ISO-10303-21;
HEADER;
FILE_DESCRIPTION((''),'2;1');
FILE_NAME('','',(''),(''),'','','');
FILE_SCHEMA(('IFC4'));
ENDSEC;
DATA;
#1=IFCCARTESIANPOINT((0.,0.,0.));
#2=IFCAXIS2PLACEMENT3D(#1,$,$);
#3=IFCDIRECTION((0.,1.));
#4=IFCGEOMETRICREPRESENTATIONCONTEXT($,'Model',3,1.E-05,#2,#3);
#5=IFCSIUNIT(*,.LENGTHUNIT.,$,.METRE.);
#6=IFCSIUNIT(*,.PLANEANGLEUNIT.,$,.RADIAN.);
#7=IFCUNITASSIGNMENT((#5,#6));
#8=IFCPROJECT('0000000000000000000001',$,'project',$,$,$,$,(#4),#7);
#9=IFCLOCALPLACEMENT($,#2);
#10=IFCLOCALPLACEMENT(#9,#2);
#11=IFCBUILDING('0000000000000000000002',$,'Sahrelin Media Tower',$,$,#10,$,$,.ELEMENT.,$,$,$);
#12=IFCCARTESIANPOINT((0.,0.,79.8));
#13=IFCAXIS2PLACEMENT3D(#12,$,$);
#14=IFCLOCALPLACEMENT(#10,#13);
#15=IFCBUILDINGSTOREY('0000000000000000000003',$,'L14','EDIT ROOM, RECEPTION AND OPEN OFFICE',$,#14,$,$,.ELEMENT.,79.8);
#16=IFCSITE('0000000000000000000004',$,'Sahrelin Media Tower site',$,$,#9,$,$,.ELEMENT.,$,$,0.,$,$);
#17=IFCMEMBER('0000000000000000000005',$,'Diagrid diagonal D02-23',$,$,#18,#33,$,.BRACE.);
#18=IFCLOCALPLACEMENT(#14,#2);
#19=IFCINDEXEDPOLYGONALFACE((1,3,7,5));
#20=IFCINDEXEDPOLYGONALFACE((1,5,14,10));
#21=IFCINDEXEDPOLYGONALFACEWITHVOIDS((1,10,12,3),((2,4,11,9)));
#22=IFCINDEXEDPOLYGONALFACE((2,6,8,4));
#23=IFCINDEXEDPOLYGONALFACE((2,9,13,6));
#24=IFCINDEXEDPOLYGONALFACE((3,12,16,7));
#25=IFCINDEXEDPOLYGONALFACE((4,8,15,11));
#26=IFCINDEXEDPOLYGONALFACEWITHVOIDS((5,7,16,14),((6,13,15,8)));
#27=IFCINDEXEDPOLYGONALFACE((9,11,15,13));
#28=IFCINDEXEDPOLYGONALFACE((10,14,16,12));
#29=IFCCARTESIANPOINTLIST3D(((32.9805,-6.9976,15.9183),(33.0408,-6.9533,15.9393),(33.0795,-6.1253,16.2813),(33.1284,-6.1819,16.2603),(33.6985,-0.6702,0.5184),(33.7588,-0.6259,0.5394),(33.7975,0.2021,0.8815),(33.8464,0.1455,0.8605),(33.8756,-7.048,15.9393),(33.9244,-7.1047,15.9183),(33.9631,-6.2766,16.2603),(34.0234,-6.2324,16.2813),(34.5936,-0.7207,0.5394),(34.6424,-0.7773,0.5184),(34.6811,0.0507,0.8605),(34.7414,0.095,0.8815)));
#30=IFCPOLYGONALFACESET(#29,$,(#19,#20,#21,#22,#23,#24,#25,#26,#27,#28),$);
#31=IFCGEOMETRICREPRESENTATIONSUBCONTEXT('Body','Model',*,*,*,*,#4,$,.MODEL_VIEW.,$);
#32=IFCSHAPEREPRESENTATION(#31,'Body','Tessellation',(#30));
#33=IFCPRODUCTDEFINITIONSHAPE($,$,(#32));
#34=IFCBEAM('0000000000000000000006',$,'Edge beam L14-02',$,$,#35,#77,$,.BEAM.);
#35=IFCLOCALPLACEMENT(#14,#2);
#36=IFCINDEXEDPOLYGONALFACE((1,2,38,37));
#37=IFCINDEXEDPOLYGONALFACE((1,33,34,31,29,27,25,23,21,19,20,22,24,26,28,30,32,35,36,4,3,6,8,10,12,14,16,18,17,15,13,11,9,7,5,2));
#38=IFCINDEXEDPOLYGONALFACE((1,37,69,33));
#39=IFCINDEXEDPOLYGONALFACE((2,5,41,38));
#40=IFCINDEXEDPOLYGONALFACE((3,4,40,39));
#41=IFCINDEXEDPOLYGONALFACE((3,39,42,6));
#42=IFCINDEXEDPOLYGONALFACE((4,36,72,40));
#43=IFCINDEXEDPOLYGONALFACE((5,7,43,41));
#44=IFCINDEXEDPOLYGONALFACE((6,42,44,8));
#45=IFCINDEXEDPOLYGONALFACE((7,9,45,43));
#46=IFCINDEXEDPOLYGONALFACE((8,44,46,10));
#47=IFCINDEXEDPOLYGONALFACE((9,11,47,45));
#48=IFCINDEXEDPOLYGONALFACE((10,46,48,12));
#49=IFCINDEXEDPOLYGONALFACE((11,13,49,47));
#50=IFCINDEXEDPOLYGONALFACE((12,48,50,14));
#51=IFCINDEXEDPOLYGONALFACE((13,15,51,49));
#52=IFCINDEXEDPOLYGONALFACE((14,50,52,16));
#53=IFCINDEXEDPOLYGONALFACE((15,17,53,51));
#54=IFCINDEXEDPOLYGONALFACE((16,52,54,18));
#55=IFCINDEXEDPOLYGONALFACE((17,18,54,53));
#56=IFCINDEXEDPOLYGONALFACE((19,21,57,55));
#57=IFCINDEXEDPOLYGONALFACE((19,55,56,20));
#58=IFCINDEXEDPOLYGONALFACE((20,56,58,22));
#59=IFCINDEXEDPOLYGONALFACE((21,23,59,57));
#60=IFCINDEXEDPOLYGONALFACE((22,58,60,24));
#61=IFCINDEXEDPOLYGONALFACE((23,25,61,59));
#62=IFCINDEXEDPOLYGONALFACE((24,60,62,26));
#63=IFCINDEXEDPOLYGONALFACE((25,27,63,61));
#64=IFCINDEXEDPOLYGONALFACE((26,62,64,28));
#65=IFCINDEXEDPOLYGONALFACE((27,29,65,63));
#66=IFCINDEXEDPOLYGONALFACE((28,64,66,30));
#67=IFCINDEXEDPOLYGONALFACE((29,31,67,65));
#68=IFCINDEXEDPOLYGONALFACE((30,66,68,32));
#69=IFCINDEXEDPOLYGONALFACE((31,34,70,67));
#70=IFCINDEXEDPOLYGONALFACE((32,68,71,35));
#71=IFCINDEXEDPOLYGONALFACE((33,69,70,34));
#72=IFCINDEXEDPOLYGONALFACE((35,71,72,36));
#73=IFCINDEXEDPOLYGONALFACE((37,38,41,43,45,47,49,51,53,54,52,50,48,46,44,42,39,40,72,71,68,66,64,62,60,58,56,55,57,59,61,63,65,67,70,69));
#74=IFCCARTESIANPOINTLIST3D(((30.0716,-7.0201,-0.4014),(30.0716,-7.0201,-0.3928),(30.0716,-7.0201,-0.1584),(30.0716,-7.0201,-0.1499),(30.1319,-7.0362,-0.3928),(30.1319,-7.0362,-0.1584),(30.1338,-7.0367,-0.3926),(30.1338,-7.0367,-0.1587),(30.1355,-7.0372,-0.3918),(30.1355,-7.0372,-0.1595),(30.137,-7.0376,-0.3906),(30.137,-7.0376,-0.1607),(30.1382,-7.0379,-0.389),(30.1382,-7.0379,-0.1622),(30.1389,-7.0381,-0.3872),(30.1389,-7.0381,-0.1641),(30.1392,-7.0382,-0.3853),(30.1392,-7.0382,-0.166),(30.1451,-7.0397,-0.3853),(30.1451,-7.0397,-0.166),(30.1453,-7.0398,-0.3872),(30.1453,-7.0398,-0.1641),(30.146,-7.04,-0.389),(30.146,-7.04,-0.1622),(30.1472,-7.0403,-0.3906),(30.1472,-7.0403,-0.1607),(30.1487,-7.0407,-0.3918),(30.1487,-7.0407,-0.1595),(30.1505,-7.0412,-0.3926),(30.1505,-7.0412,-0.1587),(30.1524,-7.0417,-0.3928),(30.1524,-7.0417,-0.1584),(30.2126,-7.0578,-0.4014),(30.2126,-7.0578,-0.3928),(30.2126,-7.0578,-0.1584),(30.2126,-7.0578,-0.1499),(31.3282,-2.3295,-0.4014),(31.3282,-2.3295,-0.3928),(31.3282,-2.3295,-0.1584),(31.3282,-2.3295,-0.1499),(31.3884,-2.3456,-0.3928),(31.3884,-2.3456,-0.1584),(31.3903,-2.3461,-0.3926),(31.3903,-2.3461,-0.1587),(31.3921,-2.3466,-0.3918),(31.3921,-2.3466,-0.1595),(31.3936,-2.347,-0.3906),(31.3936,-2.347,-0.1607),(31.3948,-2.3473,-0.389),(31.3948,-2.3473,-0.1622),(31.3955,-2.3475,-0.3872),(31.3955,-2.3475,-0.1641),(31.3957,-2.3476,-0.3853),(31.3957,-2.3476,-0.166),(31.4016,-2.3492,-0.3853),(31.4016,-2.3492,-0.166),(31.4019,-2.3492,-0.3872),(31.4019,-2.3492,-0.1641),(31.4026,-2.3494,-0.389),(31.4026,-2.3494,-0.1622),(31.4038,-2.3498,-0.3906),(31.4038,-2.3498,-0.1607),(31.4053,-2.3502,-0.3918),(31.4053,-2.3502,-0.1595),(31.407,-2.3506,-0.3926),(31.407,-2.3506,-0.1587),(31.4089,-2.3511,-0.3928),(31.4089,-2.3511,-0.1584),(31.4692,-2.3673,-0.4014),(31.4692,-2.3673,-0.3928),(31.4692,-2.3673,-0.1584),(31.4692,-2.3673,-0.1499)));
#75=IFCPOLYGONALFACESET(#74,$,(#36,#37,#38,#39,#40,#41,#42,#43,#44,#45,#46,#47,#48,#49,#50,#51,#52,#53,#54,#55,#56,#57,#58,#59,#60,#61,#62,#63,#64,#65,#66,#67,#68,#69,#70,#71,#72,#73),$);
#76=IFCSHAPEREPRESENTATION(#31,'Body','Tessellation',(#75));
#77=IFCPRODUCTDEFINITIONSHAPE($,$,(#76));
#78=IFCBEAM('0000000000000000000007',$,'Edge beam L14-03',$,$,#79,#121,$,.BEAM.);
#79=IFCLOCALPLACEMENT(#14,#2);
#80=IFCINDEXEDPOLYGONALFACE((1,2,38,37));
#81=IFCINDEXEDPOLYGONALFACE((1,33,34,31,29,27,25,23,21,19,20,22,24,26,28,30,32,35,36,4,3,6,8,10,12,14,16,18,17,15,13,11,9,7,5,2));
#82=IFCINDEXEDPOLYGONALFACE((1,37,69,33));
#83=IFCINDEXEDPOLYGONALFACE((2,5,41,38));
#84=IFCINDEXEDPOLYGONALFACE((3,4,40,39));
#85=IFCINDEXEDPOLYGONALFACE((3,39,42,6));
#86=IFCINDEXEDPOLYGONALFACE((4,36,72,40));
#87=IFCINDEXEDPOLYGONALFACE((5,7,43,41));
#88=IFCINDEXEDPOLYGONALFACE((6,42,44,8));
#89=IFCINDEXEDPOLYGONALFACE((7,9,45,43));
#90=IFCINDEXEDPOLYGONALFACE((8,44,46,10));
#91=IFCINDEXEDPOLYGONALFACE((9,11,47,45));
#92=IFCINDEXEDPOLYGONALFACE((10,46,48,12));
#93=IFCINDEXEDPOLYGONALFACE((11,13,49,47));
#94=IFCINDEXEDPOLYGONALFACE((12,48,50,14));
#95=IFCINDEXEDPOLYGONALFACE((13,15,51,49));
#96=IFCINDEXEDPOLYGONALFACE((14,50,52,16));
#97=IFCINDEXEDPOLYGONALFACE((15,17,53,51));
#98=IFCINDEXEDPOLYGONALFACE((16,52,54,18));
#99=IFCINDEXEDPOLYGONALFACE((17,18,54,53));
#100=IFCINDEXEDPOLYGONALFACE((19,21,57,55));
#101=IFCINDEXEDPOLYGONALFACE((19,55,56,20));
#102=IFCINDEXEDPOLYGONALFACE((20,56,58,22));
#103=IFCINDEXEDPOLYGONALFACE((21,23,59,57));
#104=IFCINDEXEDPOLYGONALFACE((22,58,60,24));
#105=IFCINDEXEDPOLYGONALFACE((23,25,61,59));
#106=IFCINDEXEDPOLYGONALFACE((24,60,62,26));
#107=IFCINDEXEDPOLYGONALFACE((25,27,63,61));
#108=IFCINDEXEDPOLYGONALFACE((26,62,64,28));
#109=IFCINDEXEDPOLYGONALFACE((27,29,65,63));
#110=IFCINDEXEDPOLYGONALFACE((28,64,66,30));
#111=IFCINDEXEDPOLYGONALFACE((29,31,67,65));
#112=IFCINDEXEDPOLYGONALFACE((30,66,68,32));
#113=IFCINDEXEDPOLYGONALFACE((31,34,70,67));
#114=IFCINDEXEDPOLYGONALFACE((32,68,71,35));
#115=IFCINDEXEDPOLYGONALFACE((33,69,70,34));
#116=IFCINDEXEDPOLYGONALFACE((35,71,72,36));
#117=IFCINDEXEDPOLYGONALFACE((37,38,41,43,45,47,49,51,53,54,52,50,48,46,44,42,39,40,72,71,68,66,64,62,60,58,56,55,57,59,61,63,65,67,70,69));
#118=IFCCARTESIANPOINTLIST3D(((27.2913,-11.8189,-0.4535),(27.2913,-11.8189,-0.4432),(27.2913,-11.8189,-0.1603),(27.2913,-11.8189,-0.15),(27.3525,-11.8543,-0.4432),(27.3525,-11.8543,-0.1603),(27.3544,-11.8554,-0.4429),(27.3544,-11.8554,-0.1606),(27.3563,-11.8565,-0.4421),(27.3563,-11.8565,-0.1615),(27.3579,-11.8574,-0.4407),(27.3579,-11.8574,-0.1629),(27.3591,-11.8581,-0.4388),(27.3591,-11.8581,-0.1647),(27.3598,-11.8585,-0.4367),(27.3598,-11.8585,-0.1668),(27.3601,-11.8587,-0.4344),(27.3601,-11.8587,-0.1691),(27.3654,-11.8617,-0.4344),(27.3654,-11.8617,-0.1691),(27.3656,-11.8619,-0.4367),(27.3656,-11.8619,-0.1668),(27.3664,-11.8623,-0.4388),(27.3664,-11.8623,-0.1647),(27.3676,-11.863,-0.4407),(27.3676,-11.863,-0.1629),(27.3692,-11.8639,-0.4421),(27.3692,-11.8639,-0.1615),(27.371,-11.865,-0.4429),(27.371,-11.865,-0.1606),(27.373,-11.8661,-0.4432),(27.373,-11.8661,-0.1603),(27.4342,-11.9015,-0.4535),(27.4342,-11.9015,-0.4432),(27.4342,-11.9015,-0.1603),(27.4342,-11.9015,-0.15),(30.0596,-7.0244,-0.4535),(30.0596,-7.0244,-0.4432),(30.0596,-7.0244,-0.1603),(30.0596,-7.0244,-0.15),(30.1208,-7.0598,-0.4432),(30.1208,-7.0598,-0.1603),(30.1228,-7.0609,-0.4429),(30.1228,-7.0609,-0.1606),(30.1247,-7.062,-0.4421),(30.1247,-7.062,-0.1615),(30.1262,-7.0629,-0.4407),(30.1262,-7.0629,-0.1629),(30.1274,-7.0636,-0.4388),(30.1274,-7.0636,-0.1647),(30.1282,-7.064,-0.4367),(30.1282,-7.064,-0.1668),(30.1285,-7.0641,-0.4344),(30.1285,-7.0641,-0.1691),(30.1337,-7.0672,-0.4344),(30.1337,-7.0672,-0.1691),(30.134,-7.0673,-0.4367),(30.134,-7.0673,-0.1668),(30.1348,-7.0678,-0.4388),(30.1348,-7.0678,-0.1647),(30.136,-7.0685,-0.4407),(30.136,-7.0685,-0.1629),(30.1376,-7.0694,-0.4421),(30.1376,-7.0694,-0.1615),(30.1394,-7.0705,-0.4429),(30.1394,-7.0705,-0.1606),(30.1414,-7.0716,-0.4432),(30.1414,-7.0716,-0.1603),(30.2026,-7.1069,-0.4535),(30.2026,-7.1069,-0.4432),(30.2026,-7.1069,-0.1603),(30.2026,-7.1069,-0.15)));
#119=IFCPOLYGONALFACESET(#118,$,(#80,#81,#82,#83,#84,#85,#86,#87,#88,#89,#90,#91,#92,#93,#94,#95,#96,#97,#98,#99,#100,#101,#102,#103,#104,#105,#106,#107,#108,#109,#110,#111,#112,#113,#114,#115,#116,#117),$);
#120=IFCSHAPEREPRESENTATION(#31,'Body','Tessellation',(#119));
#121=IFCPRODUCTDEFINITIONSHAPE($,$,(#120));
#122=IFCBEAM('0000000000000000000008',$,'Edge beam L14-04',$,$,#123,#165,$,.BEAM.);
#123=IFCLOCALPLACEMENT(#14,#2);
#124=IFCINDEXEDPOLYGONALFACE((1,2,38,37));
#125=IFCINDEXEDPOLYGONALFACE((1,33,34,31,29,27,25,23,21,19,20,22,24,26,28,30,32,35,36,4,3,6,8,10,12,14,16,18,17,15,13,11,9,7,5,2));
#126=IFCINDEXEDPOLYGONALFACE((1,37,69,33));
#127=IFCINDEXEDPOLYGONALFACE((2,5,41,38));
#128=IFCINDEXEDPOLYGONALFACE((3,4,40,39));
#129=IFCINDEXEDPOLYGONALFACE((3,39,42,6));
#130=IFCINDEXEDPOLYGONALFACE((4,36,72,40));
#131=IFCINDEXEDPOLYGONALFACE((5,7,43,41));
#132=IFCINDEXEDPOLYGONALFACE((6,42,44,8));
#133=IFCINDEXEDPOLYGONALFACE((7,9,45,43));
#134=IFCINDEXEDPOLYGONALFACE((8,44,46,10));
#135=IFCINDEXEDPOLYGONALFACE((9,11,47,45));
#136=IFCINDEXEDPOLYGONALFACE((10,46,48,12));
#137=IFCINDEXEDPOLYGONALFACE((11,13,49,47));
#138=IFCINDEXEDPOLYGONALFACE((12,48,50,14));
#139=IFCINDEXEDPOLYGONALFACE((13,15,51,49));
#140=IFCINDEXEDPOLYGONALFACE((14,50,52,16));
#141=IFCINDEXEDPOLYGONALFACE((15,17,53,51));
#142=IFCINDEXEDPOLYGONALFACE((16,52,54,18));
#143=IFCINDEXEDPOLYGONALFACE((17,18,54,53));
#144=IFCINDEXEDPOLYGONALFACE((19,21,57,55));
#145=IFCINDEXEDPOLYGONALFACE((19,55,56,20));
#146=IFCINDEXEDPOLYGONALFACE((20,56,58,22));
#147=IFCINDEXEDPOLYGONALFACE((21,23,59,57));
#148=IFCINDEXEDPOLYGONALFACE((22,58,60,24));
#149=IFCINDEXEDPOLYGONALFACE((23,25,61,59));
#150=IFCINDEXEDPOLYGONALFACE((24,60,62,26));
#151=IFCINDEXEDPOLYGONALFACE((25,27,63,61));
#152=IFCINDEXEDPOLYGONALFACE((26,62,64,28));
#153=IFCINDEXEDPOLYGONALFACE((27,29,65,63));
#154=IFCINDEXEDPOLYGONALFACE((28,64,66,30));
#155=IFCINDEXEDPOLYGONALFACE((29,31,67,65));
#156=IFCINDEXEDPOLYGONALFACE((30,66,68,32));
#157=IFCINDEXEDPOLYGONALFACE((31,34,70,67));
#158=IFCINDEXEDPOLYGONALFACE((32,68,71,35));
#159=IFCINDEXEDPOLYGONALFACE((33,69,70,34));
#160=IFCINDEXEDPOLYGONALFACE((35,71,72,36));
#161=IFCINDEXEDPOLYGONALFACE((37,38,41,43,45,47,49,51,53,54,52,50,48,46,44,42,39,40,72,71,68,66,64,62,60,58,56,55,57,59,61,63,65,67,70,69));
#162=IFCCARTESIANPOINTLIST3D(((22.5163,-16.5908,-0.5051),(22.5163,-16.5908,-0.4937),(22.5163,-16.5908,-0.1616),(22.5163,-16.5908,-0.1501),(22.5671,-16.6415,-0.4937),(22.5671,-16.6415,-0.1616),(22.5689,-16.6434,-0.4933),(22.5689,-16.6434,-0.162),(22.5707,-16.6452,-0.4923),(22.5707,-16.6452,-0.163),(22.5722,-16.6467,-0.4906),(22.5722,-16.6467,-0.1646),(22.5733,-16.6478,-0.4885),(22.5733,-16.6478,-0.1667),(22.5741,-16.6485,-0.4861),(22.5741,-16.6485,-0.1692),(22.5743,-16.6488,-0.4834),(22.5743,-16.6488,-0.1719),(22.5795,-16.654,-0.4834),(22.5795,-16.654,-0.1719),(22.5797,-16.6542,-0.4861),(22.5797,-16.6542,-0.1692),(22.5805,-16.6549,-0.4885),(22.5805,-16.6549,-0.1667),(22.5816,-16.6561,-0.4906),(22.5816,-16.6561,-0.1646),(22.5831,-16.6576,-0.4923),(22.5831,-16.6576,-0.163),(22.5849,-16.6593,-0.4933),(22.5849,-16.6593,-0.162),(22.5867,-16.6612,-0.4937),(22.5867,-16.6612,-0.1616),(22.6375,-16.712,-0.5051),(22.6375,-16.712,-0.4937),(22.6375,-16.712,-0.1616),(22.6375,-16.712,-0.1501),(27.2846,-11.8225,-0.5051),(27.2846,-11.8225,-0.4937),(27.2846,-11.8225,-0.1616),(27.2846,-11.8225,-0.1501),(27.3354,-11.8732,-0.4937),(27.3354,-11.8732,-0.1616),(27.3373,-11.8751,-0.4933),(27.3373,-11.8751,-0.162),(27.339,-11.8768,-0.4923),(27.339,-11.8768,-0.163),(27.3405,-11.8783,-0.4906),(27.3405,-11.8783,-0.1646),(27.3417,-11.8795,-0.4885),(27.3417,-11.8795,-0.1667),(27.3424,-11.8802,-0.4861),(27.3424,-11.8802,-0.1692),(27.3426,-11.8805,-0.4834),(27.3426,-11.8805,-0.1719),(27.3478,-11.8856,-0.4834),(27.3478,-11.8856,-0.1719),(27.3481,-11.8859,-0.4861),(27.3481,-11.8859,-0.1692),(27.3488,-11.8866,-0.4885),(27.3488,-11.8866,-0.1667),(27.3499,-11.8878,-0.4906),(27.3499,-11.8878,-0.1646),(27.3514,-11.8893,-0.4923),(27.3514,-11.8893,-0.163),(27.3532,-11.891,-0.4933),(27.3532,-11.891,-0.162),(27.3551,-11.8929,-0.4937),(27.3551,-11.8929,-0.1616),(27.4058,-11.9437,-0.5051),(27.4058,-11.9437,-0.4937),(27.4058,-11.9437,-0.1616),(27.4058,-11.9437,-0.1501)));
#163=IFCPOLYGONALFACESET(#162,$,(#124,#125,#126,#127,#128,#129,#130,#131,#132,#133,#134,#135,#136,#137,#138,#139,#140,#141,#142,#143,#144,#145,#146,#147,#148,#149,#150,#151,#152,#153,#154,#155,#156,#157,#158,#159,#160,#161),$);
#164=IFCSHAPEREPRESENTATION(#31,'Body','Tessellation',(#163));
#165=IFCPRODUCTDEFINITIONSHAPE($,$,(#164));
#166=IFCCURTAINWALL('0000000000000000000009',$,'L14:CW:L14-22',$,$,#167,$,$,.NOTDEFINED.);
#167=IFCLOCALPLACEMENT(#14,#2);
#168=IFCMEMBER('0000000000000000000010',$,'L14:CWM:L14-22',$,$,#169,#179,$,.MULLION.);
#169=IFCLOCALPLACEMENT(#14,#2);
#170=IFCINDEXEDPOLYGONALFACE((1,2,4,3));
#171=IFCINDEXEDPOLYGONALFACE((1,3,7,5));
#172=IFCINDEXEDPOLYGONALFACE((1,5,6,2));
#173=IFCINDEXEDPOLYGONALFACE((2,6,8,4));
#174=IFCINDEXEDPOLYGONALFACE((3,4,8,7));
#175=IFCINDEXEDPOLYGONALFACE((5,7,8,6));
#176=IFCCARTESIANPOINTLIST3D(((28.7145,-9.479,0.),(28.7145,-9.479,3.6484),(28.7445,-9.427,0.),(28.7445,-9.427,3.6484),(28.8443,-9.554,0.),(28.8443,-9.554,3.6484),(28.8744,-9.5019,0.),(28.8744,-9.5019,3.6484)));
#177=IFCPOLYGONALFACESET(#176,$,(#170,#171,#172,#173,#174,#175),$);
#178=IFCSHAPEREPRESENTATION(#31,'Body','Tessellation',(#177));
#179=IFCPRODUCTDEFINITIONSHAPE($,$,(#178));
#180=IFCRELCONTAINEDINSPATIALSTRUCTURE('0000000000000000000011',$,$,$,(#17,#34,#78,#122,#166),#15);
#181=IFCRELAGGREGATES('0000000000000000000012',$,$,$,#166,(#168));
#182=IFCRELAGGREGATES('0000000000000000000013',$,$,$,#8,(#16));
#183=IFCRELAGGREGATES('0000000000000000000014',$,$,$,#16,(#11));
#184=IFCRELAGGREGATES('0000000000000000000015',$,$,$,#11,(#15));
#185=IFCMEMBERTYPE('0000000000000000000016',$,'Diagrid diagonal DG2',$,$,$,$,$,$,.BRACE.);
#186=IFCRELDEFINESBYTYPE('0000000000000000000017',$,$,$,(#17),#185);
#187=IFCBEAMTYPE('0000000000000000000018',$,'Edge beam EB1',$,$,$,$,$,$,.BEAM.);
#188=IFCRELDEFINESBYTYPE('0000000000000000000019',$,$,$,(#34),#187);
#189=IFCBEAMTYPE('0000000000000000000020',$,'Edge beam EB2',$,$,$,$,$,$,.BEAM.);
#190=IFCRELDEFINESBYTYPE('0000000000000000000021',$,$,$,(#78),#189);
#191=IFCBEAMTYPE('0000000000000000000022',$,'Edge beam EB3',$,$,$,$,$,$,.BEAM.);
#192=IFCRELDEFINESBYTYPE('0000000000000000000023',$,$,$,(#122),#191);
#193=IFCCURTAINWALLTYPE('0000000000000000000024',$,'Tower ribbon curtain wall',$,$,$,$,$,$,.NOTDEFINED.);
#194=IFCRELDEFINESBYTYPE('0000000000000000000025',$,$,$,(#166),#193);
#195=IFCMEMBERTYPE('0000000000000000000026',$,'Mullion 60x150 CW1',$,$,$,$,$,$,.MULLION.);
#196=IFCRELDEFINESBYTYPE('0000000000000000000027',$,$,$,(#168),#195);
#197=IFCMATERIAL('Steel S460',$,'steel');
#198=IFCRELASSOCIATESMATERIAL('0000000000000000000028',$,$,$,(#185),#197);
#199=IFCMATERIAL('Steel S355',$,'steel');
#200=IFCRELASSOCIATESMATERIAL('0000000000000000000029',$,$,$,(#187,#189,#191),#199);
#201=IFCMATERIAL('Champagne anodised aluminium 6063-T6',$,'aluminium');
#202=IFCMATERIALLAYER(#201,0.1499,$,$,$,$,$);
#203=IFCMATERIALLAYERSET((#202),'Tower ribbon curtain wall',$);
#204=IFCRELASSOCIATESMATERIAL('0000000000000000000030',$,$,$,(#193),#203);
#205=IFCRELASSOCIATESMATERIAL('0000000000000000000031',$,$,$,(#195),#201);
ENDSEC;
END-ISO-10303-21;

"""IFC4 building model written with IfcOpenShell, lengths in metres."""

from ifc_helpers import new_model, si_unit, direction, frame, origin, origin_2d, place, context, subcontext, project, spatial, rectangle, hollow_rectangle, i_section, extrude, material, layer, layer_set, material_profile, profile_set, type_object, element, aggregate, save


model = new_model("IFC4")

# Units and contexts
model_context = context("Model", 3, precision=1e-05, world=origin(), true_north=direction((0.0, 1.0)))
body_context = subcontext(model_context, "Body", "Model", "MODEL_VIEW")
ifc_project = project(units=[si_unit("LENGTHUNIT", "METRE"), si_unit("PLANEANGLEUNIT", "RADIAN")], contexts=[model_context])

# Site, building, storey
site_placement = place(None, origin())
site = spatial("IfcSite", under=ifc_project, at=site_placement, Name="Sahrelin Media Tower site", CompositionType="ELEMENT", RefElevation=0.0)
building_placement = place(site_placement, origin())
building = spatial("IfcBuilding", under=site, at=building_placement, Name="Sahrelin Media Tower", CompositionType="ELEMENT")
storey_placement = place(building_placement, frame((0.0, 0.0, 79.8)))
storey = spatial("IfcBuildingStorey", under=building, at=storey_placement, Name="L14", Description="EDIT ROOM, RECEPTION AND OPEN OFFICE", CompositionType="ELEMENT", Elevation=79.8)

# Member
ifc_material_1 = material(Name="Steel S460", Category="steel")
ifc_material_profile_1 = material_profile(ifc_material_1, hollow_rectangle(XDim=0.95, YDim=0.95, WallThickness=0.0549, at=origin_2d()), Name="Diagrid diagonal DG2")
ifc_profile_set_1 = profile_set([ifc_material_profile_1], Name="Steel S460")
member_type_1 = type_object("IfcMemberType", Name="Diagrid diagonal DG2", PredefinedType="BRACE", material=ifc_profile_set_1)
member_1_placement = place(storey_placement, frame((34.22, -0.2876, 0.7), z_axis=(-0.043086, -0.379691, 0.924109), x_axis=(0.993623, -0.112754, 0.0)))
element("IfcMember", 1, at=member_1_placement, inside=storey, type_object=member_type_1, Name="Diagrid diagonal D02-23", PredefinedType="BRACE", context=body_context, shape_type="SweptSolid", body=[
    extrude(hollow_rectangle(XDim=0.95, YDim=0.95, WallThickness=0.0549, at=origin_2d()), origin(), (0.0, 0.0, 1.0), 16.6646),
])

# Beams
ifc_material_2 = material(Name="Steel S355", Category="steel")
ifc_material_profile_2 = material_profile(ifc_material_2, i_section(OverallWidth=0.146, OverallDepth=0.2515, WebThickness=0.0061, FlangeThickness=0.0085, FilletRadius=0.0076, at=origin_2d()), Name="UB 254x146x31")
ifc_profile_set_2 = profile_set([ifc_material_profile_2], Name="Steel S355")
beam_type_1 = type_object("IfcBeamType", Name="Edge beam EB1", PredefinedType="BEAM", material=ifc_profile_set_2)
beam_1_placement = place(storey_placement, frame((31.3987, -2.3484, -0.2756), z_axis=(-0.258767, -0.96594, 0.0), x_axis=(0.96594, -0.258767, 0.0)))
element("IfcBeam", 2, at=beam_1_placement, inside=storey, type_object=beam_type_1, Name="Edge beam L14-02", PredefinedType="BEAM", context=body_context, shape_type="SweptSolid", body=[
    extrude(i_section(OverallWidth=0.146, OverallDepth=0.2515, WebThickness=0.0061, FlangeThickness=0.0085, FilletRadius=0.0076, at=origin_2d()), origin(), (0.0, 0.0, 1.0), 4.856),
])
ifc_material_profile_3 = material_profile(ifc_material_2, i_section(OverallWidth=0.165, OverallDepth=0.3035, WebThickness=0.0061, FlangeThickness=0.0103, FilletRadius=0.0088, at=origin_2d()), Name="UB 305x165x40")
ifc_profile_set_3 = profile_set([ifc_material_profile_3], Name="Steel S355")
beam_type_2 = type_object("IfcBeamType", Name="Edge beam EB2", PredefinedType="BEAM", material=ifc_profile_set_3)
beam_2_placement = place(storey_placement, frame((30.1311, -7.0657, -0.3018), z_axis=(-0.500033, -0.866006, 0.0), x_axis=(0.866006, -0.500033, 0.0)))
element("IfcBeam", 3, at=beam_2_placement, inside=storey, type_object=beam_type_2, Name="Edge beam L14-03", PredefinedType="BEAM", context=body_context, shape_type="SweptSolid", body=[
    extrude(i_section(OverallWidth=0.165, OverallDepth=0.3035, WebThickness=0.0061, FlangeThickness=0.0103, FilletRadius=0.0088, at=origin_2d()), origin(), (0.0, 0.0, 1.0), 5.5364),
])
ifc_material_profile_4 = material_profile(ifc_material_2, i_section(OverallWidth=0.1714, OverallDepth=0.355, WebThickness=0.0073, FlangeThickness=0.0115, FilletRadius=0.0103, at=origin_2d()), Name="UB 356x171x51")
ifc_profile_set_4 = profile_set([ifc_material_profile_4], Name="Steel S355")
beam_type_3 = type_object("IfcBeamType", Name="Edge beam EB3", PredefinedType="BEAM", material=ifc_profile_set_4)
beam_3_placement = place(storey_placement, frame((27.3452, -11.8831, -0.3276), z_axis=(-0.707107, -0.707107, 0.0), x_axis=(0.707107, -0.707107, 0.0)))
element("IfcBeam", 4, at=beam_3_placement, inside=storey, type_object=beam_type_3, Name="Edge beam L14-04", PredefinedType="BEAM", context=body_context, shape_type="SweptSolid", body=[
    extrude(i_section(OverallWidth=0.1714, OverallDepth=0.355, WebThickness=0.0073, FlangeThickness=0.0115, FilletRadius=0.0103, at=origin_2d()), origin(), (0.0, 0.0, 1.0), 6.7434),
])

# Curtain wall, member
ifc_material_3 = material(Name="Champagne anodised aluminium 6063-T6", Category="aluminium")
ifc_layer_1 = layer(ifc_material_3, 0.1499)
ifc_layer_set_1 = layer_set([ifc_layer_1], Name="Tower ribbon curtain wall")
curtain_wall_type = type_object("IfcCurtainWallType", Name="Tower ribbon curtain wall", PredefinedType="NOTDEFINED", material=ifc_layer_set_1)
curtain_wall_1_placement = place(storey_placement, frame((28.8767, -9.5378, 0.0), z_axis=(0.0, 0.0, 1.0), x_axis=(1.0, 0.0, 0.0)))
curtain_wall_1 = element("IfcCurtainWall", 5, at=curtain_wall_1_placement, inside=storey, type_object=curtain_wall_type, Name="L14:CW:L14-22", PredefinedType="NOTDEFINED")
ifc_material_profile_5 = material_profile(ifc_material_3, rectangle(XDim=0.0601, YDim=0.1499, at=origin_2d()), Name="Mullion 60x150")
ifc_profile_set_5 = profile_set([ifc_material_profile_5], Name="Champagne anodised aluminium 6063-T6")
member_type_2 = type_object("IfcMemberType", Name="Mullion 60x150 CW1", PredefinedType="MULLION", material=ifc_profile_set_5)
member_2_placement = place(storey_placement, frame((28.7944, -9.4905, 0.0), z_axis=(0.0, 0.0, 1.0), x_axis=(0.5, 0.866025, 0.0)))
member_2 = element("IfcMember", 6, at=member_2_placement, type_object=member_type_2, Name="L14:CWM:L14-22", PredefinedType="MULLION", context=body_context, shape_type="SweptSolid", body=[
    extrude(rectangle(XDim=0.0601, YDim=0.1499, at=origin_2d()), origin(), (0.0, 0.0, 1.0), 3.6484),
])

aggregate(curtain_wall_1, [member_2])

save(model, "model.ifc")
